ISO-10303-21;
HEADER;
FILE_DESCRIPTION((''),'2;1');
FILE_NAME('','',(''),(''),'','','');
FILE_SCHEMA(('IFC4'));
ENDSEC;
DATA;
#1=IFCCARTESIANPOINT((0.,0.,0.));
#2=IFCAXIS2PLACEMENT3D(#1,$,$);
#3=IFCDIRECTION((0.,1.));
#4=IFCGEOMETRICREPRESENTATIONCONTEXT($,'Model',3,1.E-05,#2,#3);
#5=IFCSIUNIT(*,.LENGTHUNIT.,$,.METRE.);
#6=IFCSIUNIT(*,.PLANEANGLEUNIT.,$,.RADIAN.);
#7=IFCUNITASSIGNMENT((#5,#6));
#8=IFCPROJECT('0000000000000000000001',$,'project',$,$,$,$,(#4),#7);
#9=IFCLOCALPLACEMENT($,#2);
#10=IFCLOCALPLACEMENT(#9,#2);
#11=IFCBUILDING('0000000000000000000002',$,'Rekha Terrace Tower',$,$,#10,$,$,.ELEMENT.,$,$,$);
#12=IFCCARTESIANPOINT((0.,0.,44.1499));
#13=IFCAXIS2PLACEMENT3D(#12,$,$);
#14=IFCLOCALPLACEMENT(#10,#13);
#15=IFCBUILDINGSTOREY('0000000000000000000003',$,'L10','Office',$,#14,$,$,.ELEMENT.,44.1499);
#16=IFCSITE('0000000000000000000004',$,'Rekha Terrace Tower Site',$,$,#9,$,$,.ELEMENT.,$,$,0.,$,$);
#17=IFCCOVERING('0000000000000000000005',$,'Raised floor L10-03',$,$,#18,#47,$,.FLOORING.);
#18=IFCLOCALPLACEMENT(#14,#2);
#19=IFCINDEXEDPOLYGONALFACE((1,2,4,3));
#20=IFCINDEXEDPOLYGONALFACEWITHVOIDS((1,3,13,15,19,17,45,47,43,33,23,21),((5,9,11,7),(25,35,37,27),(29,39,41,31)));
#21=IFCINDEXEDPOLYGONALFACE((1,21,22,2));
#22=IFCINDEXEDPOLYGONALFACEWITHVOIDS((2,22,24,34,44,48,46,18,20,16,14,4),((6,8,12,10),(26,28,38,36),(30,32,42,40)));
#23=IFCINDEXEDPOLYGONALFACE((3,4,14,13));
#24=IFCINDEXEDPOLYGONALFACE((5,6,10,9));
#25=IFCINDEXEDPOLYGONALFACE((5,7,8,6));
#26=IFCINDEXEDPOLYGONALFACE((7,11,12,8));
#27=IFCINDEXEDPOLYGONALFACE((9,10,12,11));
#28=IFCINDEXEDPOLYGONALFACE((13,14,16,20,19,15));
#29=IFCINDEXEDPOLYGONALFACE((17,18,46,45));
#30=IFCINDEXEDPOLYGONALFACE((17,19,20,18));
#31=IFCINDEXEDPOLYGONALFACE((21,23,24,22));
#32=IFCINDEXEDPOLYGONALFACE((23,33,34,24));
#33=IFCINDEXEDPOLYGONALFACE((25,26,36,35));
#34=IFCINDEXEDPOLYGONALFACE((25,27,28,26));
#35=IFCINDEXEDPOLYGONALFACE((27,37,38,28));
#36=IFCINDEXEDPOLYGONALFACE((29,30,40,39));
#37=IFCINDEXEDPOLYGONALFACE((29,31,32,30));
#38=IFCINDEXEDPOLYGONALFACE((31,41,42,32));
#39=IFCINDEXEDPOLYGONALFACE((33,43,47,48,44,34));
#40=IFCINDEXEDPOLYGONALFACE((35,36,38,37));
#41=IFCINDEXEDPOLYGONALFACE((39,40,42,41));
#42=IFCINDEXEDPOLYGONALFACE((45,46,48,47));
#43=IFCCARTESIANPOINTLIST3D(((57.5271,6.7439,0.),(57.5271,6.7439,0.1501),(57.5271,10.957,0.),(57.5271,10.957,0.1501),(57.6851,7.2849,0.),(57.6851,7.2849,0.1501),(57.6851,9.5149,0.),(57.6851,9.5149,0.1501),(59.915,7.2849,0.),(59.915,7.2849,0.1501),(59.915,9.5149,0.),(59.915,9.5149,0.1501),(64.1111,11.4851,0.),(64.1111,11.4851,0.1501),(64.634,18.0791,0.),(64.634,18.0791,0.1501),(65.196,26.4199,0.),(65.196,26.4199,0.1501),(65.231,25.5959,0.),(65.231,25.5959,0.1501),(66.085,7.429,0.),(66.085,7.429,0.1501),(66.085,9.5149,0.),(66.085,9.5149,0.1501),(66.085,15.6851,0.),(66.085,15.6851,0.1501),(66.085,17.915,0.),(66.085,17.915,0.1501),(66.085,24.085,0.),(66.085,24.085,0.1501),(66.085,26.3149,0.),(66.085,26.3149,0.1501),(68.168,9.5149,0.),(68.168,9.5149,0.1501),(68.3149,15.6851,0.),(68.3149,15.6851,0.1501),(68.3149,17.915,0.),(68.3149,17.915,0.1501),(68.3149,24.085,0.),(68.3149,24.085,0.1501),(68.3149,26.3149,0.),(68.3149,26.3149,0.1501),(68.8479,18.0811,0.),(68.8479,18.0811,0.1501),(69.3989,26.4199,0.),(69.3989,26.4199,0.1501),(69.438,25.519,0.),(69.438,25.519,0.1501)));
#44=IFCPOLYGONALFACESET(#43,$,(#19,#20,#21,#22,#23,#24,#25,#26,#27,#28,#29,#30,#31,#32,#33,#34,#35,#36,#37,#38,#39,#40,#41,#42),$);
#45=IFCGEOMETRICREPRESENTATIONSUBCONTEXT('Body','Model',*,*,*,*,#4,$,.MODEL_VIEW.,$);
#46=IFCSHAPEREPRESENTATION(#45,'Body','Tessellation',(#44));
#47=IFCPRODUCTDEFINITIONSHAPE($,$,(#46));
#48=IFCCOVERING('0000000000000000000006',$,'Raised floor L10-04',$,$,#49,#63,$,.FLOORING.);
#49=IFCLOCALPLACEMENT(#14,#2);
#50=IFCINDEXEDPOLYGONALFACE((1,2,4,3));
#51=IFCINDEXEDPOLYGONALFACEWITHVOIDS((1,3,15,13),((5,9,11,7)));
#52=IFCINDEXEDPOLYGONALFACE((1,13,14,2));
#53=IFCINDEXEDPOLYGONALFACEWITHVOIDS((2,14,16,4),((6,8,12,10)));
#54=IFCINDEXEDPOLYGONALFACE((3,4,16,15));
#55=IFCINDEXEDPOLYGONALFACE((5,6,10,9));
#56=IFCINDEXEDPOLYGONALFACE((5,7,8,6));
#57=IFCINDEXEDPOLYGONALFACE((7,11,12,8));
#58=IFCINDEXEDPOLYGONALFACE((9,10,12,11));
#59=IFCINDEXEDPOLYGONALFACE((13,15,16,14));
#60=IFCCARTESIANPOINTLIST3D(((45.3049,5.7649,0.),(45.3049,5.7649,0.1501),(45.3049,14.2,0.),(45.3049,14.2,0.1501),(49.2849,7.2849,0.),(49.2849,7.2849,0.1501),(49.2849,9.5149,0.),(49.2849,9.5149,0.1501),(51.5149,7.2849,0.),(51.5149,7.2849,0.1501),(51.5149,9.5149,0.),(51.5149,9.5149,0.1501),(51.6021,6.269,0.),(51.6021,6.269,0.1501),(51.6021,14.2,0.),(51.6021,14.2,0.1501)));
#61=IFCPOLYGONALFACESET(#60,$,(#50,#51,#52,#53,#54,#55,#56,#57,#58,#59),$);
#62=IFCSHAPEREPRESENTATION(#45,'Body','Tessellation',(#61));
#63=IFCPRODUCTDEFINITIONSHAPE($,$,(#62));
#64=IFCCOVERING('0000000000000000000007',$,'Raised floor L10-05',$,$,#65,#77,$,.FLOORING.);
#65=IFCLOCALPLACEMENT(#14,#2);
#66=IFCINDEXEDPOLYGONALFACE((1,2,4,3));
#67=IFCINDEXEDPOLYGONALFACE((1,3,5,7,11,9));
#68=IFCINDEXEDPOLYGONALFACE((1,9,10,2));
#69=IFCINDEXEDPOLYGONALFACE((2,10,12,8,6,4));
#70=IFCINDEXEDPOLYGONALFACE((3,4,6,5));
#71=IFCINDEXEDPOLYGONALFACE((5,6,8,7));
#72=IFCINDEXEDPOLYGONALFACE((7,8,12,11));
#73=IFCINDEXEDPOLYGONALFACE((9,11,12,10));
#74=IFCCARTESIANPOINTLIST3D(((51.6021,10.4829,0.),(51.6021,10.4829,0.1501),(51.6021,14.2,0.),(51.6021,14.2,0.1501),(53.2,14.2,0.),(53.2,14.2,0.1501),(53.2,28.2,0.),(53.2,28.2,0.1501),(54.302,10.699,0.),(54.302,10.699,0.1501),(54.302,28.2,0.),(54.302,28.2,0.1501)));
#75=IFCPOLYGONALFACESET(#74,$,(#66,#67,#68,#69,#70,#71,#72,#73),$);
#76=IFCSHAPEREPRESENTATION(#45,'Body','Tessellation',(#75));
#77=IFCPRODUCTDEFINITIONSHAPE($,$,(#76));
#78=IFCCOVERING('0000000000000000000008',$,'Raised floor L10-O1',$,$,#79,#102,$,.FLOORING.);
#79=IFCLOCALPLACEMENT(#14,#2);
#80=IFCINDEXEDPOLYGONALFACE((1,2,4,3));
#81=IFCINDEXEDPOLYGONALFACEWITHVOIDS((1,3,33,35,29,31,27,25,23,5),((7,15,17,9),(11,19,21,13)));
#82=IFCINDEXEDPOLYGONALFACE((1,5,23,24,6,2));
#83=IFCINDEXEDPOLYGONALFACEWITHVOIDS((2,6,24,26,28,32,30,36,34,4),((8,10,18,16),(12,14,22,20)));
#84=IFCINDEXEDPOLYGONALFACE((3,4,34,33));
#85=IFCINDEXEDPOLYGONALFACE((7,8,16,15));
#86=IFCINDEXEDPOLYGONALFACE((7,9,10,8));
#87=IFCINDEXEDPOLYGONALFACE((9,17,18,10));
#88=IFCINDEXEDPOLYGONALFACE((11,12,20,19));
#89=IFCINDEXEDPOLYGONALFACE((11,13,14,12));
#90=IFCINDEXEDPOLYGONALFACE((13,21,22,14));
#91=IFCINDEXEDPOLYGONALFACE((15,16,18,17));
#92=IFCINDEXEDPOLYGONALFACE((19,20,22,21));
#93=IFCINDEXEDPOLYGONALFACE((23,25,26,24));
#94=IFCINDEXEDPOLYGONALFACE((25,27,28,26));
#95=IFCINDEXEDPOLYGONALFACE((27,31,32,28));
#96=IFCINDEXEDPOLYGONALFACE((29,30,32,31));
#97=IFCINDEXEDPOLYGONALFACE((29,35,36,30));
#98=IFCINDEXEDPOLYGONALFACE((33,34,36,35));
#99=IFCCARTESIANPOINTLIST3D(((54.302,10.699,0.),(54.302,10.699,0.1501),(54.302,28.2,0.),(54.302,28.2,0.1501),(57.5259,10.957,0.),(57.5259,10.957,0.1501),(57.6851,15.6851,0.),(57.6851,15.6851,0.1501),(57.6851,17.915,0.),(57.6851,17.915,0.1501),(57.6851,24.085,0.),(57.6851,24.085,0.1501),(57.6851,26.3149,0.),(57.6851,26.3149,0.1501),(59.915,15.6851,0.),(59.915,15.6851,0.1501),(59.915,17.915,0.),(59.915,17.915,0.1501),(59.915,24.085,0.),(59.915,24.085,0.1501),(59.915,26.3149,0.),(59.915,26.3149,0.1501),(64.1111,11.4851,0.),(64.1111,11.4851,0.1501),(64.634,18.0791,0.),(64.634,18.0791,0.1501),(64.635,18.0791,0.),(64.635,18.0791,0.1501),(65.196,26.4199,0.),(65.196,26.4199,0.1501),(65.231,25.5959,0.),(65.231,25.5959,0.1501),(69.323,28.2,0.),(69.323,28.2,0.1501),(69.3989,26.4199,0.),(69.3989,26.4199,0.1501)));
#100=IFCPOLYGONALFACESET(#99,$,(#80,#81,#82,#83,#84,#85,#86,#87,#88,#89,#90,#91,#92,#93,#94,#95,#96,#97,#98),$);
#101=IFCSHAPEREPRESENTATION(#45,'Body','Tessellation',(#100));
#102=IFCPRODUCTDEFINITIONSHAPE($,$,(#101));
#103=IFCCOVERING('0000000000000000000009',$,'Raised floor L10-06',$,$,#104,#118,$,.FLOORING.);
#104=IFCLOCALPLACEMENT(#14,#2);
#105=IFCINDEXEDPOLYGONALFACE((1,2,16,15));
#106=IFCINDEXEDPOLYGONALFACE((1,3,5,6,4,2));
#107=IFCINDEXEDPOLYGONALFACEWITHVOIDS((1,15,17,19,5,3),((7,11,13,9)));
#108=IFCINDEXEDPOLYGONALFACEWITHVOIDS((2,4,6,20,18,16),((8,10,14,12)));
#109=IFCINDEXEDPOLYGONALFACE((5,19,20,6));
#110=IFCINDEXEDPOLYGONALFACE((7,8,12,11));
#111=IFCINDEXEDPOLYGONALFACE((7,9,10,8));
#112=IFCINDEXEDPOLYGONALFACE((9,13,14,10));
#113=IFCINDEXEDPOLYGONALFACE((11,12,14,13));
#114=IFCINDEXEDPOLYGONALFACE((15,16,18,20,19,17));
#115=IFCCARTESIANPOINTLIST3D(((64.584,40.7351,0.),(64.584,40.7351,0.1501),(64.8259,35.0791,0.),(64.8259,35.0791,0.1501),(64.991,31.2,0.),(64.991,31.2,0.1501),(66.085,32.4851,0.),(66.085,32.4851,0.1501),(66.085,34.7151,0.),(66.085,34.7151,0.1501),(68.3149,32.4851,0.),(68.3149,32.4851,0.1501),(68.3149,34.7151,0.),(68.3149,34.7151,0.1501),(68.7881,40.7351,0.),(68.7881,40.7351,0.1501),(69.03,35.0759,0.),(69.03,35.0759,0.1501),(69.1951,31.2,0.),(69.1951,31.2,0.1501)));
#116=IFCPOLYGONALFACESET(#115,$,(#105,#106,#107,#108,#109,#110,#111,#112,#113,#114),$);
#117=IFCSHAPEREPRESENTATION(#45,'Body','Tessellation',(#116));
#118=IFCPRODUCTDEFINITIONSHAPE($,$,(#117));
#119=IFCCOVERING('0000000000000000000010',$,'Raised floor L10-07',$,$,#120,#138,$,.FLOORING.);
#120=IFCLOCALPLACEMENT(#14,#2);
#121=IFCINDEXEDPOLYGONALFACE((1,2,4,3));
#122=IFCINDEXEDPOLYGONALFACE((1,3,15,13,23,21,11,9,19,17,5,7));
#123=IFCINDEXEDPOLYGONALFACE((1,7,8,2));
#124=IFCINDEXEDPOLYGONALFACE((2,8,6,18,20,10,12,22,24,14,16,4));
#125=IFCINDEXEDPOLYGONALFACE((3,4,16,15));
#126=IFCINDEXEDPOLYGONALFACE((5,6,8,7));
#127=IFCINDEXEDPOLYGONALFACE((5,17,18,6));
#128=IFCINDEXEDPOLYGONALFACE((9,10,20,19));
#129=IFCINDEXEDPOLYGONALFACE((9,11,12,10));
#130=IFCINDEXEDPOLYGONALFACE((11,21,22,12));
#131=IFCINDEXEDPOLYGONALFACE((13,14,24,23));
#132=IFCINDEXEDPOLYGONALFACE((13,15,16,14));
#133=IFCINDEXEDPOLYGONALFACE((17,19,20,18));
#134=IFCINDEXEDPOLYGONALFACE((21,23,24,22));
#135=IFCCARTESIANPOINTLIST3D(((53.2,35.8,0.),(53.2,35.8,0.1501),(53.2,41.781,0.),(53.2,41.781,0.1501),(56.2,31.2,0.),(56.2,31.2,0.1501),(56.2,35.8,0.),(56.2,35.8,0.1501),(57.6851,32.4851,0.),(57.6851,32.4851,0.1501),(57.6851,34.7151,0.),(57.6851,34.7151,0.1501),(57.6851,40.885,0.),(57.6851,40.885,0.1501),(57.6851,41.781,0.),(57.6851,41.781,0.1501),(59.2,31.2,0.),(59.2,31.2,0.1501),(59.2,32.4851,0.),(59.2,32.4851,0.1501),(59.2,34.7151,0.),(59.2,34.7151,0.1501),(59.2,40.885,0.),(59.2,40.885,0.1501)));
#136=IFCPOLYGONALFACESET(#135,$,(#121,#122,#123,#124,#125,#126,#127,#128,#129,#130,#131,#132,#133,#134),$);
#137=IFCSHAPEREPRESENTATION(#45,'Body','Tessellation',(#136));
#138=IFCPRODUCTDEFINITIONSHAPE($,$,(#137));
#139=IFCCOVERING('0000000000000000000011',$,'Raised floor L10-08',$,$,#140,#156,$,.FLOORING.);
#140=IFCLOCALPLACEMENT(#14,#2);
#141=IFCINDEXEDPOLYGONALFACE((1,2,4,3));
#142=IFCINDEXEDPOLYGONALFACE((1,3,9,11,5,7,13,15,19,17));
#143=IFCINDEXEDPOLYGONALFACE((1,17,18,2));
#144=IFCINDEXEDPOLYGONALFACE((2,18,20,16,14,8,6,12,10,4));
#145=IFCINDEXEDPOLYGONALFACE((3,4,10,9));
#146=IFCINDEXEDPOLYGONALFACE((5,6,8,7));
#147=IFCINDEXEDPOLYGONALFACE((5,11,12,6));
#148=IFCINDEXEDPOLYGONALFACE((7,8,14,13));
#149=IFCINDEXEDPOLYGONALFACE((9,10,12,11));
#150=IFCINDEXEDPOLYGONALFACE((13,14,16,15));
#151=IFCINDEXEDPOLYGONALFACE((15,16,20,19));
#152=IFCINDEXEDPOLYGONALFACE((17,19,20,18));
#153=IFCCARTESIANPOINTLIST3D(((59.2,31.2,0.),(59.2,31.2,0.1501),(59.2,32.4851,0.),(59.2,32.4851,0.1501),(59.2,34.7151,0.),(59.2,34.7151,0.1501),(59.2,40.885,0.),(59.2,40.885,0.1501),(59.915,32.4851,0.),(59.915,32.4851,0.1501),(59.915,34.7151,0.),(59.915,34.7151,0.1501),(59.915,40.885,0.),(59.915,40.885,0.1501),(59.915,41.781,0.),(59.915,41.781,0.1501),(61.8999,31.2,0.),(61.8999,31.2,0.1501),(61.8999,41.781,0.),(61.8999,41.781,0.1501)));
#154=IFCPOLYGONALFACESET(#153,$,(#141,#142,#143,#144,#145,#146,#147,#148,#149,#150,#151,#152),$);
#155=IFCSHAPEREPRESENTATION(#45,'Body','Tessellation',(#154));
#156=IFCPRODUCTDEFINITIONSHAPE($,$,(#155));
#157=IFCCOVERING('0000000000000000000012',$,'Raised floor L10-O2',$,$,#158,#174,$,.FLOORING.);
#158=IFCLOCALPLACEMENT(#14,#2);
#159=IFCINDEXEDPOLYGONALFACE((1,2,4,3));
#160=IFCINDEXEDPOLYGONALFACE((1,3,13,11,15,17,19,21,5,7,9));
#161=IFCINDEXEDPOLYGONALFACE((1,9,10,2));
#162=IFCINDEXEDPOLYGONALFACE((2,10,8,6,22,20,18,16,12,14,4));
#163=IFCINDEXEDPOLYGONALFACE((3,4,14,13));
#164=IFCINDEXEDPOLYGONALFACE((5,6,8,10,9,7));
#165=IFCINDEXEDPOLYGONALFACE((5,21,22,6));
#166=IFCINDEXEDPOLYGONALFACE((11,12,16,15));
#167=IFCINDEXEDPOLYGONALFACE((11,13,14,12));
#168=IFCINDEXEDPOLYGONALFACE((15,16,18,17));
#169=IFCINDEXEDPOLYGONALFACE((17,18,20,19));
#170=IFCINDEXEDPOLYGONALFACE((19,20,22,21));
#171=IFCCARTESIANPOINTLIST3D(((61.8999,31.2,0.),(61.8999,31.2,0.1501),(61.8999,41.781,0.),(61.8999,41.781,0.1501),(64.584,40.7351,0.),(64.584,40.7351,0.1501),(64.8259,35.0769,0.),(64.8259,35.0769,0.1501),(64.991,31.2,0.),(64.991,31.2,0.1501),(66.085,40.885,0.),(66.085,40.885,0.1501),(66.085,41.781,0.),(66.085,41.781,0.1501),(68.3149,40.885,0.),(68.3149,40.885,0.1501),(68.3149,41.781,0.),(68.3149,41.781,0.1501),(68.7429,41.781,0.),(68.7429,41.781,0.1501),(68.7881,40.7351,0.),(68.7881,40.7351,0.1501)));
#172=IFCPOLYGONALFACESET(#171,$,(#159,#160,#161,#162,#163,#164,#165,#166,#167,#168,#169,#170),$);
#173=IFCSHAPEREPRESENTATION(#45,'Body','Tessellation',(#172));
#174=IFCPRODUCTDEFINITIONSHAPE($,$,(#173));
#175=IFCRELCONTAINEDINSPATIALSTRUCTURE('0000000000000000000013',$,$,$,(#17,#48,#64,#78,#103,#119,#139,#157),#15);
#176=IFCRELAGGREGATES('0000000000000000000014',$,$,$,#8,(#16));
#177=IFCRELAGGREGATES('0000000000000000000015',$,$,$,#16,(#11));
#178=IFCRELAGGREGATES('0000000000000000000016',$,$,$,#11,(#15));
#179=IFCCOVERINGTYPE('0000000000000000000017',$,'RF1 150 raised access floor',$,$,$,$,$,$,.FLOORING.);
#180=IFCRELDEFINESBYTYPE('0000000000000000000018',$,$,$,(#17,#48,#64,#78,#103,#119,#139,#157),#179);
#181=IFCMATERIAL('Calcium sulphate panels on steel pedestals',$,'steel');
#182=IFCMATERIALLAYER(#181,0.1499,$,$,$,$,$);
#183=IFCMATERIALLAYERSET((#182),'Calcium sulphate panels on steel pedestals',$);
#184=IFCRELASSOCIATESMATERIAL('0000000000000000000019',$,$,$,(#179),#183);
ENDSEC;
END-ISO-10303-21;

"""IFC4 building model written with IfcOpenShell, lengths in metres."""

from ifc_helpers import new_model, si_unit, direction, frame, origin, place, context, subcontext, project, spatial, polyline, outline, extrude, material, layer, layer_set, type_object, element, save


model = new_model("IFC4")

# Units and contexts
model_context = context("Model", 3, precision=1e-05, world=origin(), true_north=direction((0.0, 1.0)))
body_context = subcontext(model_context, "Body", "Model", "MODEL_VIEW")
ifc_project = project(units=[si_unit("LENGTHUNIT", "METRE"), si_unit("PLANEANGLEUNIT", "RADIAN")], contexts=[model_context])

# Site, building, storey
site_placement = place(None, origin())
site = spatial("IfcSite", under=ifc_project, at=site_placement, Name="Rekha Terrace Tower Site", CompositionType="ELEMENT", RefElevation=0.0)
building_placement = place(site_placement, origin())
building = spatial("IfcBuilding", under=site, at=building_placement, Name="Rekha Terrace Tower", CompositionType="ELEMENT")
storey_placement = place(building_placement, frame((0.0, 0.0, 44.1499)))
storey = spatial("IfcBuildingStorey", under=building, at=storey_placement, Name="L10", Description="Office", CompositionType="ELEMENT", Elevation=44.1499)

# Coverings
ifc_material_1 = material(Name="Calcium sulphate panels on steel pedestals", Category="steel")
ifc_layer_1 = layer(ifc_material_1, 0.1499)
ifc_layer_set_1 = layer_set([ifc_layer_1], Name="Calcium sulphate panels on steel pedestals")
covering_type_1 = type_object("IfcCoveringType", Name="RF1 150 raised access floor", PredefinedType="FLOORING", material=ifc_layer_set_1)
covering_1_placement = place(storey_placement, origin())
element("IfcCovering", 1, at=covering_1_placement, inside=storey, type_object=covering_type_1, Name="Raised floor L10-03", PredefinedType="FLOORING", context=body_context, shape_type="SweptSolid", body=[
    extrude(outline(polyline([(69.3989, 26.4199), (65.196, 26.4199), (65.231, 25.5959), (64.634, 18.0791), (64.1111, 11.4851), (57.5271, 10.957), (57.5271, 6.7439), (66.085, 7.429), (66.085, 9.5149), (68.168, 9.5149), (68.8479, 18.0811), (69.438, 25.519), (69.3989, 26.4199)]), holes=[polyline([(68.3149, 15.6851), (66.085, 15.6851), (66.085, 17.915), (68.3149, 17.915), (68.3149, 15.6851)]), polyline([(68.3149, 24.085), (66.085, 24.085), (66.085, 26.3149), (68.3149, 26.3149), (68.3149, 24.085)]), polyline([(59.915, 7.2849), (57.6851, 7.2849), (57.6851, 9.5149), (59.915, 9.5149), (59.915, 7.2849)])]), origin(), (0.0, 0.0, 1.0), 0.1501),
])
covering_2_placement = place(storey_placement, origin())
element("IfcCovering", 2, at=covering_2_placement, inside=storey, type_object=covering_type_1, Name="Raised floor L10-04", PredefinedType="FLOORING", context=body_context, shape_type="SweptSolid", body=[
    extrude(outline(polyline([(51.6021, 6.269), (51.6021, 14.2), (45.3049, 14.2), (45.3049, 5.7649), (51.6021, 6.269)]), holes=[polyline([(51.5149, 7.2849), (49.2849, 7.2849), (49.2849, 9.5149), (51.5149, 9.5149), (51.5149, 7.2849)])]), origin(), (0.0, 0.0, 1.0), 0.1501),
])
covering_3_placement = place(storey_placement, origin())
element("IfcCovering", 3, at=covering_3_placement, inside=storey, type_object=covering_type_1, Name="Raised floor L10-05", PredefinedType="FLOORING", context=body_context, shape_type="SweptSolid", body=[
    extrude(outline(polyline([(53.2, 28.2), (53.2, 14.2), (51.6021, 14.2), (51.6021, 10.4829), (54.302, 10.699), (54.302, 28.2), (53.2, 28.2)])), origin(), (0.0, 0.0, 1.0), 0.1501),
])
covering_4_placement = place(storey_placement, origin())
element("IfcCovering", 4, at=covering_4_placement, inside=storey, type_object=covering_type_1, Name="Raised floor L10-O1", PredefinedType="FLOORING", context=body_context, shape_type="SweptSolid", body=[
    extrude(outline(polyline([(54.302, 10.699), (57.5259, 10.957), (64.1111, 11.4851), (64.634, 18.0791), (64.635, 18.0791), (65.231, 25.5959), (65.196, 26.4199), (69.3989, 26.4199), (69.323, 28.2), (54.302, 28.2), (54.302, 10.699)]), holes=[polyline([(59.915, 17.915), (59.915, 15.6851), (57.6851, 15.6851), (57.6851, 17.915), (59.915, 17.915)]), polyline([(59.915, 24.085), (57.6851, 24.085), (57.6851, 26.3149), (59.915, 26.3149), (59.915, 24.085)])]), origin(), (0.0, 0.0, 1.0), 0.1501),
])
covering_5_placement = place(storey_placement, origin())
element("IfcCovering", 5, at=covering_5_placement, inside=storey, type_object=covering_type_1, Name="Raised floor L10-06", PredefinedType="FLOORING", context=body_context, shape_type="SweptSolid", body=[
    extrude(outline(polyline([(69.1951, 31.2), (69.03, 35.0759), (68.7881, 40.7351), (64.584, 40.7351), (64.8259, 35.0791), (64.991, 31.2), (69.1951, 31.2)]), holes=[polyline([(68.3149, 32.4851), (66.085, 32.4851), (66.085, 34.7151), (68.3149, 34.7151), (68.3149, 32.4851)])]), origin(), (0.0, 0.0, 1.0), 0.1501),
])
covering_6_placement = place(storey_placement, origin())
element("IfcCovering", 6, at=covering_6_placement, inside=storey, type_object=covering_type_1, Name="Raised floor L10-07", PredefinedType="FLOORING", context=body_context, shape_type="SweptSolid", body=[
    extrude(outline(polyline([(57.6851, 40.885), (57.6851, 41.781), (53.2, 41.781), (53.2, 35.8), (56.2, 35.8), (56.2, 31.2), (59.2, 31.2), (59.2, 32.4851), (57.6851, 32.4851), (57.6851, 34.7151), (59.2, 34.7151), (59.2, 40.885), (57.6851, 40.885)])), origin(), (0.0, 0.0, 1.0), 0.1501),
])
covering_7_placement = place(storey_placement, origin())
element("IfcCovering", 7, at=covering_7_placement, inside=storey, type_object=covering_type_1, Name="Raised floor L10-08", PredefinedType="FLOORING", context=body_context, shape_type="SweptSolid", body=[
    extrude(outline(polyline([(61.8999, 31.2), (61.8999, 41.781), (59.915, 41.781), (59.915, 40.885), (59.2, 40.885), (59.2, 34.7151), (59.915, 34.7151), (59.915, 32.4851), (59.2, 32.4851), (59.2, 31.2), (61.8999, 31.2)])), origin(), (0.0, 0.0, 1.0), 0.1501),
])
covering_8_placement = place(storey_placement, origin())
element("IfcCovering", 8, at=covering_8_placement, inside=storey, type_object=covering_type_1, Name="Raised floor L10-O2", PredefinedType="FLOORING", context=body_context, shape_type="SweptSolid", body=[
    extrude(outline(polyline([(64.991, 31.2), (64.8259, 35.0769), (64.584, 40.7351), (68.7881, 40.7351), (68.7429, 41.781), (68.3149, 41.781), (68.3149, 40.885), (66.085, 40.885), (66.085, 41.781), (61.8999, 41.781), (61.8999, 31.2), (64.991, 31.2)])), origin(), (0.0, 0.0, 1.0), 0.1501),
])

save(model, "model.ifc")
